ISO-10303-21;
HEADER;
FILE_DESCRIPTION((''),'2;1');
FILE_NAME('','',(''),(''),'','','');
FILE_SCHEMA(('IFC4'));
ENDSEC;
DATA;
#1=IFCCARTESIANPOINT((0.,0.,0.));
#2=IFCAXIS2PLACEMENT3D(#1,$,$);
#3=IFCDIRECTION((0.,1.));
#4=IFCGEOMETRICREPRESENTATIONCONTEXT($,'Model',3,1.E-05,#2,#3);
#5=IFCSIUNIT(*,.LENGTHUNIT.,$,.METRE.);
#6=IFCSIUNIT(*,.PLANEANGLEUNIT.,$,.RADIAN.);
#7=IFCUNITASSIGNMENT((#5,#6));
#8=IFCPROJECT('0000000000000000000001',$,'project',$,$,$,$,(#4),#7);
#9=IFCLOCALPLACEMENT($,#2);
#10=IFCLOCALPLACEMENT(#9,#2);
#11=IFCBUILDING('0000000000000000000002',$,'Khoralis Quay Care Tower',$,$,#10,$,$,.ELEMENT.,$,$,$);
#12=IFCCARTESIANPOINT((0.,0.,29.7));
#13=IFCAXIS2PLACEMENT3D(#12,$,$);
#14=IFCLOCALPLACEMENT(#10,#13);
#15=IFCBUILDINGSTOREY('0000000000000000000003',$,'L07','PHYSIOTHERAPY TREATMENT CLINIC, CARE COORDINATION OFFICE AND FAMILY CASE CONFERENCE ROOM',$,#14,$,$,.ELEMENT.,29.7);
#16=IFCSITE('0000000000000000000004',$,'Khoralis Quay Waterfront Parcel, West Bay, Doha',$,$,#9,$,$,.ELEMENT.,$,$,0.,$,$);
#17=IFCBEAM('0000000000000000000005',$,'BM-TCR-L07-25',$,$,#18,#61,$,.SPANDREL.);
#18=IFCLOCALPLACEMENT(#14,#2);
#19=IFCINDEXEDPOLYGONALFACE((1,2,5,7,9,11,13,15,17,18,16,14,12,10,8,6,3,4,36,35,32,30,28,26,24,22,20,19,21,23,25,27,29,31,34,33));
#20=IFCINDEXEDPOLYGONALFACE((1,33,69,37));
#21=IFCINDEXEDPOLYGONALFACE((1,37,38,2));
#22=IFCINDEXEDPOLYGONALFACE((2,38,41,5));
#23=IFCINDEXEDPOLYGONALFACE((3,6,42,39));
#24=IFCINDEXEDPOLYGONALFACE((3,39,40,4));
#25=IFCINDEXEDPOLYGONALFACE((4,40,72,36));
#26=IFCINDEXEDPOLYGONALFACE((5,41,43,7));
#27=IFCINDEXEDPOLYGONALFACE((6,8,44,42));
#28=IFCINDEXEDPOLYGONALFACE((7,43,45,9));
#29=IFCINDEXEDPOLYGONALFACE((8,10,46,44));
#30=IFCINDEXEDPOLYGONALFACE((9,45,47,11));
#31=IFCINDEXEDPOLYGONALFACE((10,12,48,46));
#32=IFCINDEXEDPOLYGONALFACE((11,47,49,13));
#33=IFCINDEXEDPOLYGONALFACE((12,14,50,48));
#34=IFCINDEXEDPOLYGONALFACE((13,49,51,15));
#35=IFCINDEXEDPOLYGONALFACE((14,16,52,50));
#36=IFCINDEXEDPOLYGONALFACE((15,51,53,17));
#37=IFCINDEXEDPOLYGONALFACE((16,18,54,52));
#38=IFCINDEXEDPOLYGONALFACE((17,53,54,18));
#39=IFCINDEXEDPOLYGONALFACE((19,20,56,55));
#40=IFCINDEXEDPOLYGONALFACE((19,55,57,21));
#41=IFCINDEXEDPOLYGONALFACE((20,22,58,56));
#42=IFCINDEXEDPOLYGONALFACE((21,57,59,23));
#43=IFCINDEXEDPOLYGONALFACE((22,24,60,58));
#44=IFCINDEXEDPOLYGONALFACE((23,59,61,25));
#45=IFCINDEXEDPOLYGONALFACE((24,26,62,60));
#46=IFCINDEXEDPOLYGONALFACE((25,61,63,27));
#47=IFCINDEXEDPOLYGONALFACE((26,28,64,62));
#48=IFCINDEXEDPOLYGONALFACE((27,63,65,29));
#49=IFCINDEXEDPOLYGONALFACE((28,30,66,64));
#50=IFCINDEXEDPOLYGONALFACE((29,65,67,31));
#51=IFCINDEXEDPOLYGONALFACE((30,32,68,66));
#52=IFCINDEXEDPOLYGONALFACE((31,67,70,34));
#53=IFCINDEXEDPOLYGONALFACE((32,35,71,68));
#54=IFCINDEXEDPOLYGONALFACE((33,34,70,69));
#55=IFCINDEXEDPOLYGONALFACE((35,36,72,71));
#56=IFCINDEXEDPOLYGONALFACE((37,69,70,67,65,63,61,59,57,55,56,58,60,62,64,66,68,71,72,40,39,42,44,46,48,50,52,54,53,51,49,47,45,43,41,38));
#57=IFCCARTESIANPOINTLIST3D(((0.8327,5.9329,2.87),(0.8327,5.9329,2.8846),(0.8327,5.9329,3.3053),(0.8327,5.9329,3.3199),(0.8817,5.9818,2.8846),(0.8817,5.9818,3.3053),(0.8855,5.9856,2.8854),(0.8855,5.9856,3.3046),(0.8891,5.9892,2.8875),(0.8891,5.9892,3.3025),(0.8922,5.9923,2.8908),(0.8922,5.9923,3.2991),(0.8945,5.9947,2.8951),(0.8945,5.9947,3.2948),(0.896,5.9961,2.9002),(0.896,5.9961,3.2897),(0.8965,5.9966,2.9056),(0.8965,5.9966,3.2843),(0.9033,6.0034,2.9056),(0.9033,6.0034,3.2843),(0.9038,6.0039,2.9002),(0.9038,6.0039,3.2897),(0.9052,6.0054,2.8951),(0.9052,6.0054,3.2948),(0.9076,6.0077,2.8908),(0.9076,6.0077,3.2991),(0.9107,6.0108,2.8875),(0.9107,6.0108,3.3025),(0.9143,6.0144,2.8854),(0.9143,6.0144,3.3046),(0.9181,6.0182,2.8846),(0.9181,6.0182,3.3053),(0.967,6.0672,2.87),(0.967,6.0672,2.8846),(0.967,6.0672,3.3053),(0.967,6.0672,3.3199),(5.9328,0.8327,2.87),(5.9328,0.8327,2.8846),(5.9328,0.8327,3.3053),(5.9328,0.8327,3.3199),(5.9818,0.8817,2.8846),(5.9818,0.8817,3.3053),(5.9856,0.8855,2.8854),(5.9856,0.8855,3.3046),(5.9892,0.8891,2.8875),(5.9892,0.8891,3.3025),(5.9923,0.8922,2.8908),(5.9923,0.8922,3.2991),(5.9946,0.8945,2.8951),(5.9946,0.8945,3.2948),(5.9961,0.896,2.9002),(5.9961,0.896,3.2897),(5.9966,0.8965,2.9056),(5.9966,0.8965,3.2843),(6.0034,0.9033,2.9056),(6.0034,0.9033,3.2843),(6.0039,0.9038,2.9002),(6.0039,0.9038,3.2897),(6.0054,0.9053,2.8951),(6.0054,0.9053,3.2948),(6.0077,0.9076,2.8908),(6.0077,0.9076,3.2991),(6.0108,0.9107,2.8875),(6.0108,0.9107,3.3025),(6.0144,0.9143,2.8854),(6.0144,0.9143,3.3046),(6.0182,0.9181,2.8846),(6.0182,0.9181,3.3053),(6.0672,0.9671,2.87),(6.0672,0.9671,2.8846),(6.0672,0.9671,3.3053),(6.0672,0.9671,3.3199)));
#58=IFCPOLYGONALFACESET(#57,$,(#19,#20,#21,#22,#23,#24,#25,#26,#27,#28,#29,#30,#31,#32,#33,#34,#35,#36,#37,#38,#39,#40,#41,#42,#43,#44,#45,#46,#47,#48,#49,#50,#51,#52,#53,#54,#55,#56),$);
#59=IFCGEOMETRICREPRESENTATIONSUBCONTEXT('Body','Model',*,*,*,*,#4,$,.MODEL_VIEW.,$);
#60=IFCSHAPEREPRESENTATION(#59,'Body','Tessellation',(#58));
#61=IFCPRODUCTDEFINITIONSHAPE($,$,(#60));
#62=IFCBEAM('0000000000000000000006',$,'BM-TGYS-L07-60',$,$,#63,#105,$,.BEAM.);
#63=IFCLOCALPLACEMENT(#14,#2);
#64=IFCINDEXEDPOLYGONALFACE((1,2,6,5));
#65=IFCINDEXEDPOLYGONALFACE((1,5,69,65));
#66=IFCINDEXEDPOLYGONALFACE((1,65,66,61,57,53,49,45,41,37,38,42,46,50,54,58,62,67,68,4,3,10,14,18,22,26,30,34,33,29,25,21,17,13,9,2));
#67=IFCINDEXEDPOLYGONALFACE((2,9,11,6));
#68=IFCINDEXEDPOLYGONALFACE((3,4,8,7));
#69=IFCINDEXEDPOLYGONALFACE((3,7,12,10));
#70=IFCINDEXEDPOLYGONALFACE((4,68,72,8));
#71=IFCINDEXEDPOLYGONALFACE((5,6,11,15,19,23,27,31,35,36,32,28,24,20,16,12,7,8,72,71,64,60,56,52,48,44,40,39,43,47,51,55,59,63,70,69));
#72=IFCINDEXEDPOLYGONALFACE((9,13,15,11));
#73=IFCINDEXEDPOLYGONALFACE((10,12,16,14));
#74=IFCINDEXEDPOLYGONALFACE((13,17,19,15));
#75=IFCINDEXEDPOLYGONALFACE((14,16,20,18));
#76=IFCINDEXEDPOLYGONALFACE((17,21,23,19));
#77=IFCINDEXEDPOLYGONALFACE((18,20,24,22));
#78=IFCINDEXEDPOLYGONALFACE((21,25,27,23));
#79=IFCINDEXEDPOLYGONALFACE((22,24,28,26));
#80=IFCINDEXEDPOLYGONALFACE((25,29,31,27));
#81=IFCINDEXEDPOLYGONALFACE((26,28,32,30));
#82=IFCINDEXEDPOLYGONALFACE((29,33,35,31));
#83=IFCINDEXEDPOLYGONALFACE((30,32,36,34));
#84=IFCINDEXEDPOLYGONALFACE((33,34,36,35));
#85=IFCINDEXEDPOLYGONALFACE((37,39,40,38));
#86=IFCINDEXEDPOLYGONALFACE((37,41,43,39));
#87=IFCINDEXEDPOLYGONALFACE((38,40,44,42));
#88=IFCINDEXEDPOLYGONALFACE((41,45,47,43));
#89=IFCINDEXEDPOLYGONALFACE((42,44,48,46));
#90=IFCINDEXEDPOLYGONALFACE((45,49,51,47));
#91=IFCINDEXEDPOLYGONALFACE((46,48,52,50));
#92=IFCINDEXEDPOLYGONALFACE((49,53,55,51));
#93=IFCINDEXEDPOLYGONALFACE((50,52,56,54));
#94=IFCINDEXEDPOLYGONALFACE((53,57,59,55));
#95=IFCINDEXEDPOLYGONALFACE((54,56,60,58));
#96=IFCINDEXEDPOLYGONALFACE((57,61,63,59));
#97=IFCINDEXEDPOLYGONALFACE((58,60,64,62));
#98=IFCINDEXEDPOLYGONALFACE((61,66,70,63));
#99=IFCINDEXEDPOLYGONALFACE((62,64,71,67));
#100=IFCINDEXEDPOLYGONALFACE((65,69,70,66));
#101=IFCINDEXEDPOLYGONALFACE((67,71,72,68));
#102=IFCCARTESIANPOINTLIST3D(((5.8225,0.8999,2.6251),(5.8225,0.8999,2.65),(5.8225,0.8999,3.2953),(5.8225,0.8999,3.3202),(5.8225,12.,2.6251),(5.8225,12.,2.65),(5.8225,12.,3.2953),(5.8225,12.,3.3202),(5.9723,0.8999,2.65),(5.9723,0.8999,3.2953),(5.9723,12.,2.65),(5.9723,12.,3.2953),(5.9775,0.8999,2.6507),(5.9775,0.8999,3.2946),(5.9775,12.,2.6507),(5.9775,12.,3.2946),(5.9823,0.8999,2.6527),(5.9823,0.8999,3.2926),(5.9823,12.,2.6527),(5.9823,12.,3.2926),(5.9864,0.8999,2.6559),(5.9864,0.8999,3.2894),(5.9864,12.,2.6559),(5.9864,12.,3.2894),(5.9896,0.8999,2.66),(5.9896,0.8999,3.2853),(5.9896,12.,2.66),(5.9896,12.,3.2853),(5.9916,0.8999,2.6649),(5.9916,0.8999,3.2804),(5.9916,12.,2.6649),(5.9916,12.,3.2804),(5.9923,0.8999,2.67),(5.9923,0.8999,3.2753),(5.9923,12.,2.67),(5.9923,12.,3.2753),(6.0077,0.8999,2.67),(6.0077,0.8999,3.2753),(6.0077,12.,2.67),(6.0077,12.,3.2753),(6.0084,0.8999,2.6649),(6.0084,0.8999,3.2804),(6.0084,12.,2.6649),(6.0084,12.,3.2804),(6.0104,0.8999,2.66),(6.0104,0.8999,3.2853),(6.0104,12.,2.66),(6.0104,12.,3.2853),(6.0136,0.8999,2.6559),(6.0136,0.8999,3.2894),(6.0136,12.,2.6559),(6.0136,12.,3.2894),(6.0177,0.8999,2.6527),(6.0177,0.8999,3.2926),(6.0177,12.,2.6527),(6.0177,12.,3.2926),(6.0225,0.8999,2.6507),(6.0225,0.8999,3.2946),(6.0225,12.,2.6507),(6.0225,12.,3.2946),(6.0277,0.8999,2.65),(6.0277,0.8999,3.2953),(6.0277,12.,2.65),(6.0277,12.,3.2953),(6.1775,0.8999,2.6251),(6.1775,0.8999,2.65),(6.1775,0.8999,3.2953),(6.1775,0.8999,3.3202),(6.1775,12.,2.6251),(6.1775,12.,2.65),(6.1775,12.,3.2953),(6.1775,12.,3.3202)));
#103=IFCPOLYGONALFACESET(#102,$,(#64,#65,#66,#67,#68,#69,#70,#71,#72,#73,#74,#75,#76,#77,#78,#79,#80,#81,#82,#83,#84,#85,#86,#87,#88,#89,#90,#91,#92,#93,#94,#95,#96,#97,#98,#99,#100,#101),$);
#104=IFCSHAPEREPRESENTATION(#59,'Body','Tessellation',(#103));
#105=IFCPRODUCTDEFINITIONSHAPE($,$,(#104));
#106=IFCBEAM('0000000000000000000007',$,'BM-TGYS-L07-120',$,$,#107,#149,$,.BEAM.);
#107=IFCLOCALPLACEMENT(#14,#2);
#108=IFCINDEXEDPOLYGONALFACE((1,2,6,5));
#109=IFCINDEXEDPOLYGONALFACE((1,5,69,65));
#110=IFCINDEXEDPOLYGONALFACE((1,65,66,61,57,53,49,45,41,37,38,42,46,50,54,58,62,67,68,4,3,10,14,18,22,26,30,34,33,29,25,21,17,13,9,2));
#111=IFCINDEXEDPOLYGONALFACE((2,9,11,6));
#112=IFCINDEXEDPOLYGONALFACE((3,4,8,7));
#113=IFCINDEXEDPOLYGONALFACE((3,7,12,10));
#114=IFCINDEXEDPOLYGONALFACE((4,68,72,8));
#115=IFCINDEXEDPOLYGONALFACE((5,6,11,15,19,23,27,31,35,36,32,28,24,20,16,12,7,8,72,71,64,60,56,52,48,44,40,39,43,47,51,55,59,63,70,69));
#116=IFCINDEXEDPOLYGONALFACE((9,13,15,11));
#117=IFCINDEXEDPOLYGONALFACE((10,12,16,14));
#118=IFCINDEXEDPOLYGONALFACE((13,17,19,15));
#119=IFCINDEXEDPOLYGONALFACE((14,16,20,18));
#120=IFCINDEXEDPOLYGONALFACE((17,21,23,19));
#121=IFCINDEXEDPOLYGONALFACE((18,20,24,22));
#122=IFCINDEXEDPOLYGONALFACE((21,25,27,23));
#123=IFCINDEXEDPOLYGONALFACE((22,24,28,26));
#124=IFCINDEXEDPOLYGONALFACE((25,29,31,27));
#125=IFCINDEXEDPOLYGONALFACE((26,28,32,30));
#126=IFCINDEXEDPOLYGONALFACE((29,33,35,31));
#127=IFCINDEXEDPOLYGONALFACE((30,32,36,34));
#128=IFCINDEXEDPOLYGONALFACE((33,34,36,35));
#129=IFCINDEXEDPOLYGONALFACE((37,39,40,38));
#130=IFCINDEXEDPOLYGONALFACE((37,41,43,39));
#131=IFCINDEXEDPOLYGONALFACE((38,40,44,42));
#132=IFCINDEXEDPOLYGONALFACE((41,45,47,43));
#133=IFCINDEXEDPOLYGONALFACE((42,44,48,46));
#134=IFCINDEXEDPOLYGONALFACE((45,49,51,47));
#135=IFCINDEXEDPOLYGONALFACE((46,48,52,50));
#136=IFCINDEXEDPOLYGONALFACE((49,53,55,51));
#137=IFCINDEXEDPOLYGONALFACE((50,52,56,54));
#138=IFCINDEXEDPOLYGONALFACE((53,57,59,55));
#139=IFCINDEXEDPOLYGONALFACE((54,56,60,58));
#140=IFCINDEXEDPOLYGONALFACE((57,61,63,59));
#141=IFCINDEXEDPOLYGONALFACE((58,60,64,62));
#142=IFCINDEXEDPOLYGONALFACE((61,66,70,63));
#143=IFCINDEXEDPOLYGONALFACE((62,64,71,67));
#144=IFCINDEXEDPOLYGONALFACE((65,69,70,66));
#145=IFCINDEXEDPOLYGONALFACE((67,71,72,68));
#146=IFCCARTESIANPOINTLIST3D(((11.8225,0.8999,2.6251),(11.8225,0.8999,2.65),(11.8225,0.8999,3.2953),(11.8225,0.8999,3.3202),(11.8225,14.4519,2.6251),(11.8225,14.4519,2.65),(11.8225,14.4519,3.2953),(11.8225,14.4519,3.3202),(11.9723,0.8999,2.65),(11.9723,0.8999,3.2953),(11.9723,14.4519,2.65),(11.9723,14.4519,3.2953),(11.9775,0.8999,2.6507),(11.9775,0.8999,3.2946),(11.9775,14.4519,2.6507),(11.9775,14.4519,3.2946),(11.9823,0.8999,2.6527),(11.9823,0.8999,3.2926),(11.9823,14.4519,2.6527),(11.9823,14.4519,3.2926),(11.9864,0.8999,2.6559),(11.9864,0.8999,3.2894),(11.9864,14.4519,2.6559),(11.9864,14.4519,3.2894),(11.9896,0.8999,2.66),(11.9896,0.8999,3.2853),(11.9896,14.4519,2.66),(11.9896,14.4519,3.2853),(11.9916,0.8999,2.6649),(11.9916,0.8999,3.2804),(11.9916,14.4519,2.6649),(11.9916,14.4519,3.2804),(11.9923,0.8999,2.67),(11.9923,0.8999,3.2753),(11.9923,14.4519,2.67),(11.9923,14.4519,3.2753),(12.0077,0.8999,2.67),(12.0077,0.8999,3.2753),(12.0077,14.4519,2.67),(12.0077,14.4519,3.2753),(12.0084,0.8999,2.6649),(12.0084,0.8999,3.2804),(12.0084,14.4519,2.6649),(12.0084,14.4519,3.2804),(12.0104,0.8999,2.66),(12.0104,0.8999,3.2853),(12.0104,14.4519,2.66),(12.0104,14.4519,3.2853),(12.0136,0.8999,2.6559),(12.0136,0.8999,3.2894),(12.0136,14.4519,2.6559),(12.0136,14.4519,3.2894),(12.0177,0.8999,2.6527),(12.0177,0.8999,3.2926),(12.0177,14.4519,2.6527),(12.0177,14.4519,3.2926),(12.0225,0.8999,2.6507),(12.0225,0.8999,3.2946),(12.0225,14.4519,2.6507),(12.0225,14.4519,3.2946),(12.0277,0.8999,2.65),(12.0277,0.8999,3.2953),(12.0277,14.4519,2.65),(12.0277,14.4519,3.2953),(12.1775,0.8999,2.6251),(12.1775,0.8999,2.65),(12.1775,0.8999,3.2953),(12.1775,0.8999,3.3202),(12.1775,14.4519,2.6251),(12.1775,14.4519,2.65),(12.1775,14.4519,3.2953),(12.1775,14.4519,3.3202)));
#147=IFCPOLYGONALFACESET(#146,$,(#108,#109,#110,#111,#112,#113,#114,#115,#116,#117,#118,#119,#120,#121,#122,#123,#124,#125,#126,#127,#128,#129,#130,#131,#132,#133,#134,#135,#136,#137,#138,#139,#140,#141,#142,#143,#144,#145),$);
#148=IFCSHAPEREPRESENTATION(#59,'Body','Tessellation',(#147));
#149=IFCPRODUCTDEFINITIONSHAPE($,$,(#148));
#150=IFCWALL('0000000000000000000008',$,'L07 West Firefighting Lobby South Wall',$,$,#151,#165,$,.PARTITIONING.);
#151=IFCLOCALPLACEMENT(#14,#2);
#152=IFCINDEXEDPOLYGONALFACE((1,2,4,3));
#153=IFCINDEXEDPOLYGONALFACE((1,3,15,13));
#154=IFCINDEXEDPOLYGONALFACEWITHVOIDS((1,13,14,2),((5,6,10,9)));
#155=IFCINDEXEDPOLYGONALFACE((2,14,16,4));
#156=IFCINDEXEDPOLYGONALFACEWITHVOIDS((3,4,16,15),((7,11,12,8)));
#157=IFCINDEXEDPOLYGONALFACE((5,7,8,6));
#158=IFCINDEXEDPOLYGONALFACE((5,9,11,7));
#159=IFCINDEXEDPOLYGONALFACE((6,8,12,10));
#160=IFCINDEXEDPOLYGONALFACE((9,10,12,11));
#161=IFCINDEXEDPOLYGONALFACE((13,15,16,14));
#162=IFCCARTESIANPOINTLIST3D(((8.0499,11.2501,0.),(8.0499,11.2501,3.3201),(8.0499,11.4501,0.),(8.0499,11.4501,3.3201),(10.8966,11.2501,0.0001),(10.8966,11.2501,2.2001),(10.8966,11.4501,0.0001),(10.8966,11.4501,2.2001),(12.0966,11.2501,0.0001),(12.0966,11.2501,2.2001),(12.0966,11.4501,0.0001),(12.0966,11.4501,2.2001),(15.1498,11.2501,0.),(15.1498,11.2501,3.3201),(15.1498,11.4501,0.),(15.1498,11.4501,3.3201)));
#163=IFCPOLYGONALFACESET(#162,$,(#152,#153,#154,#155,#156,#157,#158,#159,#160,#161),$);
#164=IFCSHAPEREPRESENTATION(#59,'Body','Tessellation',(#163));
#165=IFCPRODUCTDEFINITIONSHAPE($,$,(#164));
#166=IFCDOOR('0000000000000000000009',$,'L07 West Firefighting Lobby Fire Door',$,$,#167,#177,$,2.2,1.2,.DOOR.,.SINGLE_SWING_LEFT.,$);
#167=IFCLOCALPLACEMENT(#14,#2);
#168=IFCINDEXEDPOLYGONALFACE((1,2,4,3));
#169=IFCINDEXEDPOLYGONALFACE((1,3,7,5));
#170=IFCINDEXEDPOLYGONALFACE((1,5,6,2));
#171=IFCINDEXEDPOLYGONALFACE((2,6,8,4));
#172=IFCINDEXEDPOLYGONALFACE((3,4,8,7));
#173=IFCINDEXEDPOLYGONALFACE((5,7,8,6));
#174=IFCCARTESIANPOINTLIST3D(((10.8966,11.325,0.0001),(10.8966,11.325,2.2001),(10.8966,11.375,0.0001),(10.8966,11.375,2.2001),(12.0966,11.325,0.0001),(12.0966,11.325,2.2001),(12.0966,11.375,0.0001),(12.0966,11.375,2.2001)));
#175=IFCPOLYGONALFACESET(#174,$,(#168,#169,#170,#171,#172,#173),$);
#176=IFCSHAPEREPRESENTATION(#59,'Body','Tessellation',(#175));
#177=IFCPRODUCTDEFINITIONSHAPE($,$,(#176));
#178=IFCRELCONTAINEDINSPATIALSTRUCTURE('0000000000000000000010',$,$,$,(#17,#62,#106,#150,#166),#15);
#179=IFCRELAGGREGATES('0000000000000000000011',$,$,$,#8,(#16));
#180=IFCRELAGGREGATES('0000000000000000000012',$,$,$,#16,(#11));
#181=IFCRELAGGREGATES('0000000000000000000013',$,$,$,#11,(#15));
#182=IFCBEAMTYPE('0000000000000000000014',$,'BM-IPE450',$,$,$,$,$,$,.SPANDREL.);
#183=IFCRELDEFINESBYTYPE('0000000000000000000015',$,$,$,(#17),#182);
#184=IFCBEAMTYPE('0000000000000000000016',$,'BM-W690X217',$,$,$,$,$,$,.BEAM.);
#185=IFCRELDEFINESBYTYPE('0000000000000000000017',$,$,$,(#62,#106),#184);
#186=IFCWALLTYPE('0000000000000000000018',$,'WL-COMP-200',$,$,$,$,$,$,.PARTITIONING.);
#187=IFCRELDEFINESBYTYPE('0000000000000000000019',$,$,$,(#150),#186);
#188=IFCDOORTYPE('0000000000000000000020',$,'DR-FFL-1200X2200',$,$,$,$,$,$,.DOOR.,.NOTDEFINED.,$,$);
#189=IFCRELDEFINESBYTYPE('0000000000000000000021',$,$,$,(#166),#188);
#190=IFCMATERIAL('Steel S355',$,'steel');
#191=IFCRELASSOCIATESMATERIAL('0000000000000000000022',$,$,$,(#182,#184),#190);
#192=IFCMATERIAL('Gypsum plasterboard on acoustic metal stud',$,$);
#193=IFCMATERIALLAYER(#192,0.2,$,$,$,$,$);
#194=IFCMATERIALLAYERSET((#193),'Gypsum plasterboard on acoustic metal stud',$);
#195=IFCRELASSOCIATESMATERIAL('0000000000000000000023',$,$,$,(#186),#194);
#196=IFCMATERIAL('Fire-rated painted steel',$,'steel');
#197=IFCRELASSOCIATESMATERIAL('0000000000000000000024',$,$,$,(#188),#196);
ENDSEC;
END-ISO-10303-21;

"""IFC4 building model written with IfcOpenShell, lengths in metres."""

from ifc_helpers import new_model, si_unit, direction, frame, frame_2d, origin, origin_2d, place, context, subcontext, project, spatial, rectangle, i_section, extrude, source, transform, mapped, material, layer, layer_set, material_profile, profile_set, type_object, element, fill, save


model = new_model("IFC4")

# Units and contexts
model_context = context("Model", 3, precision=1e-05, world=origin(), true_north=direction((0.0, 1.0)))
body_context = subcontext(model_context, "Body", "Model", "MODEL_VIEW")
ifc_project = project(units=[si_unit("LENGTHUNIT", "METRE"), si_unit("PLANEANGLEUNIT", "RADIAN")], contexts=[model_context])

# Site, building, storey
site_placement = place(None, origin())
site = spatial("IfcSite", under=ifc_project, at=site_placement, Name="Khoralis Quay Waterfront Parcel, West Bay, Doha", CompositionType="ELEMENT", RefElevation=0.0)
building_placement = place(site_placement, origin())
building = spatial("IfcBuilding", under=site, at=building_placement, Name="Khoralis Quay Care Tower", CompositionType="ELEMENT")
storey_placement = place(building_placement, frame((0.0, 0.0, 29.7)))
storey = spatial("IfcBuildingStorey", under=building, at=storey_placement, Name="L07", Description="PHYSIOTHERAPY TREATMENT CLINIC, CARE COORDINATION OFFICE AND FAMILY CASE CONFERENCE ROOM", CompositionType="ELEMENT", Elevation=29.7)

# Beams
ifc_material_1 = material(Name="Steel S355", Category="steel")
ifc_material_profile_1 = material_profile(ifc_material_1, i_section(OverallWidth=0.1899, OverallDepth=0.45, WebThickness=0.0095, FlangeThickness=0.0146, FilletRadius=0.021, at=origin_2d()), Name="Steel S355")
ifc_profile_set_1 = profile_set([ifc_material_profile_1], Name="Steel S355")
beam_type_1 = type_object("IfcBeamType", Name="BM-IPE450", PredefinedType="SPANDREL", material=ifc_profile_set_1)
shared_shape_1 = source(origin(), body_context, "Body", "SweptSolid", [
    extrude(i_section(OverallWidth=0.1899, OverallDepth=0.45, WebThickness=0.0095, FlangeThickness=0.0146, FilletRadius=0.021, at=origin_2d()), origin(), (0.0, 0.0, 1.0), 7.2126),
])
beam_1_placement = place(storey_placement, frame((6.0, 0.8999, 3.095), z_axis=(-0.707107, 0.707107, 0.0), x_axis=(-0.707107, -0.707107, 0.0)))
element("IfcBeam", 1, at=beam_1_placement, inside=storey, type_object=beam_type_1, Name="BM-TCR-L07-25", PredefinedType="SPANDREL", context=body_context, shape_type="MappedRepresentation", body=[
    mapped(shared_shape_1, transform((0.0, 0.0, 0.0), scale=1.0)),
])
ifc_material_profile_2 = material_profile(ifc_material_1, i_section(OverallWidth=0.355, OverallDepth=0.6951, WebThickness=0.0154, FlangeThickness=0.0249, FilletRadius=0.02, at=origin_2d()), Name="Steel S355")
ifc_profile_set_2 = profile_set([ifc_material_profile_2], Name="Steel S355")
beam_type_2 = type_object("IfcBeamType", Name="BM-W690X217", PredefinedType="BEAM", material=ifc_profile_set_2)
shared_shape_2 = source(origin(), body_context, "Body", "SweptSolid", [
    extrude(i_section(OverallWidth=0.355, OverallDepth=0.6951, WebThickness=0.0154, FlangeThickness=0.0249, FilletRadius=0.02, at=origin_2d()), origin(), (0.0, 0.0, 1.0), 11.1001),
])
beam_2_placement = place(storey_placement, frame((6.0, 0.8999, 2.9727), z_axis=(0.0, 1.0, 0.0), x_axis=(-1.0, 0.0, 0.0)))
element("IfcBeam", 2, at=beam_2_placement, inside=storey, type_object=beam_type_2, Name="BM-TGYS-L07-60", PredefinedType="BEAM", context=body_context, shape_type="MappedRepresentation", body=[
    mapped(shared_shape_2, transform((0.0, 0.0, 0.0), scale=1.0)),
])
shared_shape_3 = source(origin(), body_context, "Body", "SweptSolid", [
    extrude(i_section(OverallWidth=0.355, OverallDepth=0.6951, WebThickness=0.0154, FlangeThickness=0.0249, FilletRadius=0.02, at=origin_2d()), origin(), (0.0, 0.0, 1.0), 13.552),
])
beam_3_placement = place(storey_placement, frame((12.0, 0.8999, 2.9727), z_axis=(0.0, 1.0, 0.0), x_axis=(-1.0, 0.0, 0.0)))
element("IfcBeam", 3, at=beam_3_placement, inside=storey, type_object=beam_type_2, Name="BM-TGYS-L07-120", PredefinedType="BEAM", context=body_context, shape_type="MappedRepresentation", body=[
    mapped(shared_shape_3, transform((0.0, 0.0, 0.0), scale=1.0)),
])

# Wall, opening, door
ifc_material_2 = material(Name="Gypsum plasterboard on acoustic metal stud")
ifc_layer_1 = layer(ifc_material_2, 0.2)
ifc_layer_set_1 = layer_set([ifc_layer_1], Name="Gypsum plasterboard on acoustic metal stud")
wall_type_1 = type_object("IfcWallType", Name="WL-COMP-200", PredefinedType="PARTITIONING", material=ifc_layer_set_1)
wall_1_placement = place(storey_placement, frame((8.05, 11.3501, 0.0), z_axis=(0.0, 0.0, 1.0), x_axis=(1.0, 0.0, 0.0)))
wall_1 = element("IfcWall", 4, at=wall_1_placement, inside=storey, type_object=wall_type_1, Name="L07 West Firefighting Lobby South Wall", PredefinedType="PARTITIONING", context=body_context, shape_type="SweptSolid", body=[
    extrude(rectangle(XDim=7.0999, YDim=0.2, at=frame_2d((3.5498, 0.0))), origin(), (0.0, 0.0, 1.0), 3.3201),
])
opening_1_placement = place(wall_1_placement, frame((2.8464, 0.0, 0.0)))
opening_1 = element("IfcOpeningElement", 5, at=opening_1_placement, cuts=wall_1, PredefinedType="OPENING", context=body_context, shape_type="SweptSolid", body=[
    extrude(rectangle(XDim=1.2, YDim=2.2, at=frame_2d((0.6001, 1.1001))), frame((0.0, 0.1099, 0.0), z_axis=(0.0, -1.0, 0.0), x_axis=(1.0, 0.0, 0.0)), (0.0, 0.0, 1.0), 0.22),
])
ifc_material_3 = material(Name="Fire-rated painted steel", Category="steel")
door_type_1 = type_object("IfcDoorType", Name="DR-FFL-1200X2200", OperationType="NOTDEFINED", PredefinedType="DOOR", material=ifc_material_3)
shared_shape_4 = source(origin(), body_context, "Body", "SweptSolid", [
    extrude(rectangle(XDim=1.2, YDim=2.2, at=frame_2d((0.6001, 1.1001))), frame((0.0, 0.0249, 0.0), z_axis=(0.0, -1.0, 0.0), x_axis=(1.0, 0.0, 0.0)), (0.0, 0.0, 1.0), 0.05),
])
door_1_placement = place(opening_1_placement, origin())
door_1 = element("IfcDoor", 6, at=door_1_placement, inside=storey, type_object=door_type_1, Name="L07 West Firefighting Lobby Fire Door", OperationType="SINGLE_SWING_LEFT", OverallHeight=2.2, OverallWidth=1.2, PredefinedType="DOOR", context=body_context, shape_type="MappedRepresentation", body=[
    mapped(shared_shape_4, transform((0.0, 0.0, 0.0), scale=1.0)),
])
fill(opening_1, door_1)

save(model, "model.ifc")
